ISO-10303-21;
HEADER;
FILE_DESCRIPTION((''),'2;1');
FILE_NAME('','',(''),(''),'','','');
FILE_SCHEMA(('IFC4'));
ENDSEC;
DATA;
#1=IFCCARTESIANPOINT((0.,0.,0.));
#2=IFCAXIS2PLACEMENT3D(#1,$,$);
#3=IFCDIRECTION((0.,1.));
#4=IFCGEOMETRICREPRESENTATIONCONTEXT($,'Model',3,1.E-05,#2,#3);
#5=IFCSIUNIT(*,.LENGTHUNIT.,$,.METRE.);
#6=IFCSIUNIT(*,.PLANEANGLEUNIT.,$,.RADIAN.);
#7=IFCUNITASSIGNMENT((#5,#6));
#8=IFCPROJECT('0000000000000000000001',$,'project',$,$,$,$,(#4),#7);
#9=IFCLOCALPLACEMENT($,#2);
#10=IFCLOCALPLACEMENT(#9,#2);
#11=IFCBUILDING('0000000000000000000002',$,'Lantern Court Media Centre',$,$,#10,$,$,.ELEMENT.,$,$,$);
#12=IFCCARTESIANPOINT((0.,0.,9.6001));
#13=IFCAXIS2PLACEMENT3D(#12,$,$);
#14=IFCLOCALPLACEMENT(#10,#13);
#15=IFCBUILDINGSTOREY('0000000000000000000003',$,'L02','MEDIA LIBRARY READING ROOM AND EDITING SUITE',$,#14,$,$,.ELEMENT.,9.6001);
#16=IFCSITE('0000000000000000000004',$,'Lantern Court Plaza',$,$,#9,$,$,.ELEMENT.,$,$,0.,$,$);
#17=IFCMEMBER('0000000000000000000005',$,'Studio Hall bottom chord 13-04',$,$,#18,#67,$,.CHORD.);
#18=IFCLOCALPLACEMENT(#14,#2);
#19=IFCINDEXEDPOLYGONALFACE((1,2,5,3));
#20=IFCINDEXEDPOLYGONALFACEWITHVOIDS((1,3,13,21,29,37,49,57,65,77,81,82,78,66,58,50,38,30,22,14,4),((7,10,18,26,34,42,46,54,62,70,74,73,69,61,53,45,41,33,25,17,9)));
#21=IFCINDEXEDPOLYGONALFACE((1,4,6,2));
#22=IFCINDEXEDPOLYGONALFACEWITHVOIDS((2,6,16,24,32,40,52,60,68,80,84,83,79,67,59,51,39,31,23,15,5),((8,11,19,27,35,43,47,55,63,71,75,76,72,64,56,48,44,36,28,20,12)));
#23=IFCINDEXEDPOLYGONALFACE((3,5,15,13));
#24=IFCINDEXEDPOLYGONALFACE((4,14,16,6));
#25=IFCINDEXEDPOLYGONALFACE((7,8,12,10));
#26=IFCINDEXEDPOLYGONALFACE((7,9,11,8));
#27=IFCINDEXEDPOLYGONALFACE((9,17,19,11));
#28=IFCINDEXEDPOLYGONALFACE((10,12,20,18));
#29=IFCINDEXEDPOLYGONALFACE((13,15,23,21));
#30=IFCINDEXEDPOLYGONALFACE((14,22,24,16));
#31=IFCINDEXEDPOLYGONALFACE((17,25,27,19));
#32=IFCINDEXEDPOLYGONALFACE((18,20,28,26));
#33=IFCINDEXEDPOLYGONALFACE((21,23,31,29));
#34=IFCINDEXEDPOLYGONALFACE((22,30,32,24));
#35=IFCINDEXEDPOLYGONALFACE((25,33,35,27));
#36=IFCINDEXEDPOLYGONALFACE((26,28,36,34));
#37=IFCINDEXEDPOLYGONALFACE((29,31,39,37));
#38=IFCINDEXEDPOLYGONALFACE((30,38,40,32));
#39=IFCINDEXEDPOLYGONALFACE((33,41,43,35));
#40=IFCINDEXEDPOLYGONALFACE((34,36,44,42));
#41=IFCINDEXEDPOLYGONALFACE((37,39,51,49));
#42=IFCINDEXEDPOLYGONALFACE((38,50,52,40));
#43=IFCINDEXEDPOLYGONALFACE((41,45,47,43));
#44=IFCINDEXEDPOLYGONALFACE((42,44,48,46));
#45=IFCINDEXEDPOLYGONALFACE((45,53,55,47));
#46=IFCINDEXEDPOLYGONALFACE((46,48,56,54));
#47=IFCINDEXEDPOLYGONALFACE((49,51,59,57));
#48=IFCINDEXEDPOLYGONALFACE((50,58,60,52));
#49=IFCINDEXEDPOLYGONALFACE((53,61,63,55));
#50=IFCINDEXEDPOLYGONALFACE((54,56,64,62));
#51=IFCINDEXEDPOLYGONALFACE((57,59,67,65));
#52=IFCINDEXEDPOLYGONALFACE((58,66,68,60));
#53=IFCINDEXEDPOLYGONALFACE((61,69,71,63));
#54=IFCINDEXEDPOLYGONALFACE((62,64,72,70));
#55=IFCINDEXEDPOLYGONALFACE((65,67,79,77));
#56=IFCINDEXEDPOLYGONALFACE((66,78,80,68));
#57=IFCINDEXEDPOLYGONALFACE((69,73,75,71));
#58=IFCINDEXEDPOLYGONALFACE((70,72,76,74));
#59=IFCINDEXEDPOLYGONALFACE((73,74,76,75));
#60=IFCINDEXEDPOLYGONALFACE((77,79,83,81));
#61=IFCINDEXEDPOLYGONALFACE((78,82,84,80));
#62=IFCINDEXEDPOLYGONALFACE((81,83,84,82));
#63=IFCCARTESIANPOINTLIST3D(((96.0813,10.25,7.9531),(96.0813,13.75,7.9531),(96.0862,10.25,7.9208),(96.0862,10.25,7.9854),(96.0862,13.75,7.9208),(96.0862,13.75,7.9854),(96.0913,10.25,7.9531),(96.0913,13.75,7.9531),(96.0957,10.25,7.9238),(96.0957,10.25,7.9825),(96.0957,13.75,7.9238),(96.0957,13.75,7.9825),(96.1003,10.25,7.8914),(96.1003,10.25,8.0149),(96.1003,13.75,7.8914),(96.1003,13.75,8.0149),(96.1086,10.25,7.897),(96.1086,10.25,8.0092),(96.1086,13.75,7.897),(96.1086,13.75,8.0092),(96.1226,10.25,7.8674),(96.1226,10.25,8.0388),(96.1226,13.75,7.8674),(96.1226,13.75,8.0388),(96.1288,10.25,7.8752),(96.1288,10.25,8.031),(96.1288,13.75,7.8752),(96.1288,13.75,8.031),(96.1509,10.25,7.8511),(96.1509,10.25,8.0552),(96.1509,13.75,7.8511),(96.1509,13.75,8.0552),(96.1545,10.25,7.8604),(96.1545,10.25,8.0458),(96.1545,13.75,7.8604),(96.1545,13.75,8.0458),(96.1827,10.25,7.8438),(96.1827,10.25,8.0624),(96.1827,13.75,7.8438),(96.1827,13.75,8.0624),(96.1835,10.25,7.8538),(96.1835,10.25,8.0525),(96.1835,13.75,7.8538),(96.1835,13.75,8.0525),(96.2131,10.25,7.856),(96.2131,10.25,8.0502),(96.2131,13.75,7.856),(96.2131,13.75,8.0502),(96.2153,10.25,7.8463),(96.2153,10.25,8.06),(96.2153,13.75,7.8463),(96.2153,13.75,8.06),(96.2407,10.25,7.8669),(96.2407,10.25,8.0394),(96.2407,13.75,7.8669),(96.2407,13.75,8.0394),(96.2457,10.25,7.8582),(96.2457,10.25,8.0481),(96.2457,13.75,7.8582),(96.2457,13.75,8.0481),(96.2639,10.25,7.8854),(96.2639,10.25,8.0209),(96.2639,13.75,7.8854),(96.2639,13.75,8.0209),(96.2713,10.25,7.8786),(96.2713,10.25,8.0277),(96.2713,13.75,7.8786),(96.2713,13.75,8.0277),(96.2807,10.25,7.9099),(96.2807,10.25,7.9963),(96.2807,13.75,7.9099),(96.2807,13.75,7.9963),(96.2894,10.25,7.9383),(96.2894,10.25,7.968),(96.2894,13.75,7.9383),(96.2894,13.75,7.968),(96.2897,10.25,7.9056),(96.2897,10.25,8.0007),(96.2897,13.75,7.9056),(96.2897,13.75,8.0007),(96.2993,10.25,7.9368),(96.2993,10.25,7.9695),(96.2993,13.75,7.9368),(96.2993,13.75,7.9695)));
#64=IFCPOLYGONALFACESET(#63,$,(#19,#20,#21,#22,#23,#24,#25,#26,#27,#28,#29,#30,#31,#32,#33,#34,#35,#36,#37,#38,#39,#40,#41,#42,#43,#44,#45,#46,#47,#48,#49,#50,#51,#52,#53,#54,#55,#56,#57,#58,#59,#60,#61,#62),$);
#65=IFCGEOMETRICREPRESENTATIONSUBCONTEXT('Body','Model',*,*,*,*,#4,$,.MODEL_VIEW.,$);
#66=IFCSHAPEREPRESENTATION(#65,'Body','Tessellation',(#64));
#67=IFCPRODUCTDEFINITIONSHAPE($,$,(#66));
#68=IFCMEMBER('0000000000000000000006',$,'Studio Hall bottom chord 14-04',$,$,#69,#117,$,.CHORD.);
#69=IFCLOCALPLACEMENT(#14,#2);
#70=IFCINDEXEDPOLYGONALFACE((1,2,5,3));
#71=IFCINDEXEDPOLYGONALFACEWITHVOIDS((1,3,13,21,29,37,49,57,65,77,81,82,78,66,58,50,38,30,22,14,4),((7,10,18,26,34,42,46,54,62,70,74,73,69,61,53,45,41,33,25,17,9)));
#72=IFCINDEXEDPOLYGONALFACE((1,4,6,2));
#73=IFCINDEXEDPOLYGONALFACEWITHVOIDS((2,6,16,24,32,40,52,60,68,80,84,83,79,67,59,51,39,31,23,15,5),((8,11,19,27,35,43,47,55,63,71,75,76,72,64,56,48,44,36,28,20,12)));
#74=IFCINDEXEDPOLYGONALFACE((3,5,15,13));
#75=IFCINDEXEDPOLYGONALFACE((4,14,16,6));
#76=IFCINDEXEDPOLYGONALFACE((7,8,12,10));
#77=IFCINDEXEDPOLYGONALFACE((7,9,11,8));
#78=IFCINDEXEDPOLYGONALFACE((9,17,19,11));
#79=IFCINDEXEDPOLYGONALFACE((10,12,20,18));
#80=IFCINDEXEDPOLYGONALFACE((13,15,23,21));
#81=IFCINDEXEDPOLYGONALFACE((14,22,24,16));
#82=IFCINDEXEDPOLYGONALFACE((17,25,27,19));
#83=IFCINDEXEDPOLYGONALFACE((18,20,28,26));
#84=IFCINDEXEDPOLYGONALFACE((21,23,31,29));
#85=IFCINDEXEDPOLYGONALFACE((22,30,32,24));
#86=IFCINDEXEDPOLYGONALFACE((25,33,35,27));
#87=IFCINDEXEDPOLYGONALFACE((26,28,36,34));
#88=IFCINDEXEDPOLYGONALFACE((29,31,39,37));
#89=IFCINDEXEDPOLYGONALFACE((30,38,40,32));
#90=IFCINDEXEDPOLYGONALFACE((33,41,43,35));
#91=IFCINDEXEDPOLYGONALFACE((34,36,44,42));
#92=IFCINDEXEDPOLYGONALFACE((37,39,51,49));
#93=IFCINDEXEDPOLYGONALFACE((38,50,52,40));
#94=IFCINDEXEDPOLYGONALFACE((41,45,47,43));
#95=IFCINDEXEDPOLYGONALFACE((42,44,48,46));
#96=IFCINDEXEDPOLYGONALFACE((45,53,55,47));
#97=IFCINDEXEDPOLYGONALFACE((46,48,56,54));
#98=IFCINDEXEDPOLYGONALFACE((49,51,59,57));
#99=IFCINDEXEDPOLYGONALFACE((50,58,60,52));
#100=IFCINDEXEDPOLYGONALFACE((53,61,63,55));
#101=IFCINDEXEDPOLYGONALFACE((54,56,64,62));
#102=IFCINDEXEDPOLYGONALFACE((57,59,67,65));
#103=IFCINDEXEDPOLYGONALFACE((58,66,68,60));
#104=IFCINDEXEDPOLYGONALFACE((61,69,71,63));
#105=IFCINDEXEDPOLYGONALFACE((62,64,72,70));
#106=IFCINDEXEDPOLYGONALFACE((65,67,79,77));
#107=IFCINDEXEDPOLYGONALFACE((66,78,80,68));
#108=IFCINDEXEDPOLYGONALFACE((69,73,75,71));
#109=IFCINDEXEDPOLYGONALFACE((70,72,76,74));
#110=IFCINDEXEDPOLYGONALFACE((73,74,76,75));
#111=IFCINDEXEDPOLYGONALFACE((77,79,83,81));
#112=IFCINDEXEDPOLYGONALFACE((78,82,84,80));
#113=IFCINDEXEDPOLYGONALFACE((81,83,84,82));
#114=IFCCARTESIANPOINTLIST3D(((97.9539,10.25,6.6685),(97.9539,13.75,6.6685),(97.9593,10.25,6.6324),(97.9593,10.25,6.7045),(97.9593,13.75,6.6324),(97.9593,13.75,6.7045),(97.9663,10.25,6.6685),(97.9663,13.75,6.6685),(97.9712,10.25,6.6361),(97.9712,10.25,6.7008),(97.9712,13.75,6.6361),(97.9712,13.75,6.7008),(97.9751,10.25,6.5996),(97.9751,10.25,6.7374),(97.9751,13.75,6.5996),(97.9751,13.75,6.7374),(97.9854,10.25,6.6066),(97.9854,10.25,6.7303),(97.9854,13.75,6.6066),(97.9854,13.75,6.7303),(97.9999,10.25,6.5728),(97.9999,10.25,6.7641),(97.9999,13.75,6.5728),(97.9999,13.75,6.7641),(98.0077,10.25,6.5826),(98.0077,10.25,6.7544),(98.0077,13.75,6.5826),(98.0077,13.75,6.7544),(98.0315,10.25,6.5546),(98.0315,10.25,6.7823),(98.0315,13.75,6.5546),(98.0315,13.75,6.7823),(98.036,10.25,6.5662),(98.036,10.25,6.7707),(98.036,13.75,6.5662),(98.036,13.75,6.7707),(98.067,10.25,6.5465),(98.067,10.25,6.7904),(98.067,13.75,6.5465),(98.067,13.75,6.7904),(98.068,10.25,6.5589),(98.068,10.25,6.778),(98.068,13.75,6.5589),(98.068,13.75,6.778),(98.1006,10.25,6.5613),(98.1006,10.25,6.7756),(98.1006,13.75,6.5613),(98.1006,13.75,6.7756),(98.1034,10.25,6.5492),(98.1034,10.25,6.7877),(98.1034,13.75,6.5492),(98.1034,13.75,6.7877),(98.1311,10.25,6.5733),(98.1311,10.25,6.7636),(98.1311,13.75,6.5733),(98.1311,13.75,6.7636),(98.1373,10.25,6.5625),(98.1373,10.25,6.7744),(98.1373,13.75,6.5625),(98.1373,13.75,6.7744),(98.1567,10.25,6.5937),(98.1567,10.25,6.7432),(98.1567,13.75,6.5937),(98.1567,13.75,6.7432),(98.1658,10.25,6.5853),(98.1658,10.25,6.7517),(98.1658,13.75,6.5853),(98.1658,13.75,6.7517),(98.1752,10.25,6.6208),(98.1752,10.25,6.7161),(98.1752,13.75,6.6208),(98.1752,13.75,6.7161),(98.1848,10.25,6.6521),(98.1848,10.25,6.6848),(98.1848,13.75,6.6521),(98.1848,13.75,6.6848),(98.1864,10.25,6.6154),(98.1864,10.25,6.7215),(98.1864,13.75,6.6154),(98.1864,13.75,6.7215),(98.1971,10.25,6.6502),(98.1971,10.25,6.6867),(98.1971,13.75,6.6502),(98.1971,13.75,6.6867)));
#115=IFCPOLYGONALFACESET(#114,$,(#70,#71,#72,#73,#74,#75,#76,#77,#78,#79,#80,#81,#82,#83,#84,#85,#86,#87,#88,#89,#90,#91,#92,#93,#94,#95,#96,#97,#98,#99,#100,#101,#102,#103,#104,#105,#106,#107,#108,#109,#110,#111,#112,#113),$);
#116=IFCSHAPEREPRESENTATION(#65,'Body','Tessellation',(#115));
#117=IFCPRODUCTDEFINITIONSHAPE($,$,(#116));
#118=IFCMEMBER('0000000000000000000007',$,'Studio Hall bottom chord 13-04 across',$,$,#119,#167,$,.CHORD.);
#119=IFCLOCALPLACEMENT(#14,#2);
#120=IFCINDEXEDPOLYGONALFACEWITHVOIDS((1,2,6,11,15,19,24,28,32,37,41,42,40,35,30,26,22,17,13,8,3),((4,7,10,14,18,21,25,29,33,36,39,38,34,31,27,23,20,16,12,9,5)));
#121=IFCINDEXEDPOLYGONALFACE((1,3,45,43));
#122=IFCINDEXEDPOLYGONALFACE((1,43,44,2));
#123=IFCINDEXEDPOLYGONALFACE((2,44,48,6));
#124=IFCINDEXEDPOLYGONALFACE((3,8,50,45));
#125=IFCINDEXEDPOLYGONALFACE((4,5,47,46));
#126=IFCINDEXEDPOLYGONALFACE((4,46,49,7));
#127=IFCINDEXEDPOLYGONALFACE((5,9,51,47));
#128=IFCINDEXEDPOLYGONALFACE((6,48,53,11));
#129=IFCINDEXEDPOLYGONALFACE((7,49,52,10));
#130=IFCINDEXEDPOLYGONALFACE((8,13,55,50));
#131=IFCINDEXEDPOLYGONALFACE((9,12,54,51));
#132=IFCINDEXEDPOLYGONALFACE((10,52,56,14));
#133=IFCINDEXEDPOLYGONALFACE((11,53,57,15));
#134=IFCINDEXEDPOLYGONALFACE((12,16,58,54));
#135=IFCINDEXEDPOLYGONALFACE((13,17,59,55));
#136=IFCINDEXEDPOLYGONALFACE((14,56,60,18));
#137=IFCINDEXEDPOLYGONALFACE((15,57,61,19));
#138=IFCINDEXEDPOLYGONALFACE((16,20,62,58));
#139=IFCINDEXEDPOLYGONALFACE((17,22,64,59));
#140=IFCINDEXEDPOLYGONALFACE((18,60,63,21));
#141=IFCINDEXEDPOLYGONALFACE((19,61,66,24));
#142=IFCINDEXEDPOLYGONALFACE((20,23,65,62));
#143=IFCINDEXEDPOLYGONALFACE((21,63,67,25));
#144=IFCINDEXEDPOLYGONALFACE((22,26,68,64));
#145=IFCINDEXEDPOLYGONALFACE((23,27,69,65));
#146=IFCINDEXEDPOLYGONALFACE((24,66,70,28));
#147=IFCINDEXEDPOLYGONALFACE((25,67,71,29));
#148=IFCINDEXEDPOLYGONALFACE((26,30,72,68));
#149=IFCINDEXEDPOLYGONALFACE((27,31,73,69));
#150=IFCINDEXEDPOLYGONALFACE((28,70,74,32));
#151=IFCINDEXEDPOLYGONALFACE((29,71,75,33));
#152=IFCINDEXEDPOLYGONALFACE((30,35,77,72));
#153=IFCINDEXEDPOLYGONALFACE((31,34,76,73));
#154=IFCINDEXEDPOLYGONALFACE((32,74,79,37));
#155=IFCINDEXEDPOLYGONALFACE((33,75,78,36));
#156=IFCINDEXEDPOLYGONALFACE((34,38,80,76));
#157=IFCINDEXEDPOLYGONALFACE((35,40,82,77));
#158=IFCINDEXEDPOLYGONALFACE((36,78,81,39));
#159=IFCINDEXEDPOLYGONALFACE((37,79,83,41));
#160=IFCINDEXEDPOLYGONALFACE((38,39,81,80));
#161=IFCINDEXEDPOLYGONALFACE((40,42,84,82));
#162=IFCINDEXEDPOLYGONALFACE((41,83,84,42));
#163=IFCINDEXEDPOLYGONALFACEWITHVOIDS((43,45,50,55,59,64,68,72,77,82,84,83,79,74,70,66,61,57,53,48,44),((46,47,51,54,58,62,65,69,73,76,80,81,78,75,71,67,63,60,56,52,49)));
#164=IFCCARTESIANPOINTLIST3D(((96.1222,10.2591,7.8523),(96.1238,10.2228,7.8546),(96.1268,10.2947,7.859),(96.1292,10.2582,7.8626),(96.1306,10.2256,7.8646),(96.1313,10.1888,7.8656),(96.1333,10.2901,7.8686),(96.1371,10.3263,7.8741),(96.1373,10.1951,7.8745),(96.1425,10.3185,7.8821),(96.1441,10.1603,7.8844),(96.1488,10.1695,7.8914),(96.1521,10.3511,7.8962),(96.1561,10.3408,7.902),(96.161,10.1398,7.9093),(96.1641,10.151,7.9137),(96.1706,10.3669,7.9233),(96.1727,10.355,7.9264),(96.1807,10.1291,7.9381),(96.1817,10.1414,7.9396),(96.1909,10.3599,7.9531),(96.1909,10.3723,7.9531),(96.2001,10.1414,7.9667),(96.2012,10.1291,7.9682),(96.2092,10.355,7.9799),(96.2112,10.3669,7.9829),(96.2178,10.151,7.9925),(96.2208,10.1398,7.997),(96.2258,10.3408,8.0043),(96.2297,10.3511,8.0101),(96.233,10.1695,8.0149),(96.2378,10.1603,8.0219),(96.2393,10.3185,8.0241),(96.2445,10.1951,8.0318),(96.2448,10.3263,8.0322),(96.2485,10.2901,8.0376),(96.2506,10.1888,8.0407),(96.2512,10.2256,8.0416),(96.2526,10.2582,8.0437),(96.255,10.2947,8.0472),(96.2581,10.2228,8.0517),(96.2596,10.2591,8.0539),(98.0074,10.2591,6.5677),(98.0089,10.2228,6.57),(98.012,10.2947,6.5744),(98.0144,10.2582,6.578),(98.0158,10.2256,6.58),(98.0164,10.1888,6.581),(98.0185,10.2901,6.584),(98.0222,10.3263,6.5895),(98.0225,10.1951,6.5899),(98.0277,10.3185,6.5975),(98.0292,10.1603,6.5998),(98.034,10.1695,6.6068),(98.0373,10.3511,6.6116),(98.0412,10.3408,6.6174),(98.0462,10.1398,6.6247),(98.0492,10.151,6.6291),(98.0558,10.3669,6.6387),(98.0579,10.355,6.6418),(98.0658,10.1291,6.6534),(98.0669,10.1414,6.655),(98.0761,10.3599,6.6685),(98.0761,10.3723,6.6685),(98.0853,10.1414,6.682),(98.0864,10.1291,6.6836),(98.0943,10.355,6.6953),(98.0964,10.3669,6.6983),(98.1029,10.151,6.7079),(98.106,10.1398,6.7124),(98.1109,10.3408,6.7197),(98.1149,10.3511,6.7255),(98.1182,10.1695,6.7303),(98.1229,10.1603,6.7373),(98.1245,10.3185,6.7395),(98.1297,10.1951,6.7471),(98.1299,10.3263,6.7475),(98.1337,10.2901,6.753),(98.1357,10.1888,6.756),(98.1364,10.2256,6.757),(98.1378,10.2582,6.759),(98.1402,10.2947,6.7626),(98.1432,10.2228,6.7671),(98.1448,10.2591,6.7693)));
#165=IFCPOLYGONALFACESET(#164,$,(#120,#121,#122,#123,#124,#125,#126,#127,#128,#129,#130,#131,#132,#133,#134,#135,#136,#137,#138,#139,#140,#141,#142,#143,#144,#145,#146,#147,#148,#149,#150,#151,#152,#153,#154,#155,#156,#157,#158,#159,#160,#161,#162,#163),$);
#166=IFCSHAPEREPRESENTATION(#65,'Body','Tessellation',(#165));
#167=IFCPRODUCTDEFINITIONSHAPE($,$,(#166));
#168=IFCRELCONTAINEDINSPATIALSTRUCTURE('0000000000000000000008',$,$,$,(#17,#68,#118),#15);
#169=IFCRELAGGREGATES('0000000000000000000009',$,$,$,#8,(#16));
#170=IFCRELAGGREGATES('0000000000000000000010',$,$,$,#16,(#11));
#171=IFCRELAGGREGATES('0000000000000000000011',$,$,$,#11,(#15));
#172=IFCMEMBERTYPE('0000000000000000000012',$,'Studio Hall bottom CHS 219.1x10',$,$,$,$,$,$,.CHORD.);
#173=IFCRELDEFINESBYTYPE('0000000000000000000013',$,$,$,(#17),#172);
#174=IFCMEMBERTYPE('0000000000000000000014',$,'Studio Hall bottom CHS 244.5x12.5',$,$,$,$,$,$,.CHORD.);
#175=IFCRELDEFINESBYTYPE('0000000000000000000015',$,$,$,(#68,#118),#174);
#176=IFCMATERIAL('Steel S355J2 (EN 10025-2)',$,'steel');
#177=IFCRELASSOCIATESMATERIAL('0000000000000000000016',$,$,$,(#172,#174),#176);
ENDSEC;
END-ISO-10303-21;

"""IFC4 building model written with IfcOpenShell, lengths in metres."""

from ifc_helpers import new_model, si_unit, direction, frame, origin, origin_2d, place, context, subcontext, project, spatial, hollow_circle, extrude, material, material_profile, profile_set, type_object, element, save


model = new_model("IFC4")

# Units and contexts
model_context = context("Model", 3, precision=1e-05, world=origin(), true_north=direction((0.0, 1.0)))
body_context = subcontext(model_context, "Body", "Model", "MODEL_VIEW")
ifc_project = project(units=[si_unit("LENGTHUNIT", "METRE"), si_unit("PLANEANGLEUNIT", "RADIAN")], contexts=[model_context])

# Site, building, storey
site_placement = place(None, origin())
site = spatial("IfcSite", under=ifc_project, at=site_placement, Name="Lantern Court Plaza", CompositionType="ELEMENT", RefElevation=0.0)
building_placement = place(site_placement, origin())
building = spatial("IfcBuilding", under=site, at=building_placement, Name="Lantern Court Media Centre", CompositionType="ELEMENT")
storey_placement = place(building_placement, frame((0.0, 0.0, 9.6001)))
storey = spatial("IfcBuildingStorey", under=building, at=storey_placement, Name="L02", Description="MEDIA LIBRARY READING ROOM AND EDITING SUITE", CompositionType="ELEMENT", Elevation=9.6001)

# Members
ifc_material = material(Name="Steel S355J2 (EN 10025-2)", Category="steel")
ifc_material_profile_1 = material_profile(ifc_material, hollow_circle(Radius=0.1096, WallThickness=0.01, at=origin_2d()), Name="Studio Hall bottom CHS 219.1x10")
ifc_profile_set_1 = profile_set([ifc_material_profile_1], Name="Steel S355J2 (EN 10025-2)")
member_type_1 = type_object("IfcMemberType", Name="Studio Hall bottom CHS 219.1x10", PredefinedType="CHORD", material=ifc_profile_set_1)
member_1_placement = place(storey_placement, frame((96.1909, 10.25, 7.9531), z_axis=(0.0, 1.0, 0.0), x_axis=(-1.0, 0.0, 0.0)))
element("IfcMember", 1, at=member_1_placement, inside=storey, type_object=member_type_1, Name="Studio Hall bottom chord 13-04", PredefinedType="CHORD", context=body_context, shape_type="SweptSolid", body=[
    extrude(hollow_circle(Radius=0.1096, WallThickness=0.01, at=origin_2d()), origin(), (0.0, 0.0, 1.0), 3.5),
])
ifc_material_profile_2 = material_profile(ifc_material, hollow_circle(Radius=0.1223, WallThickness=0.0125, at=origin_2d()), Name="Studio Hall bottom CHS 244.5x12.5")
ifc_profile_set_2 = profile_set([ifc_material_profile_2], Name="Steel S355J2 (EN 10025-2)")
member_type_2 = type_object("IfcMemberType", Name="Studio Hall bottom CHS 244.5x12.5", PredefinedType="CHORD", material=ifc_profile_set_2)
member_2_placement = place(storey_placement, frame((98.0762, 10.25, 6.6685), z_axis=(0.0, 1.0, 0.0), x_axis=(-1.0, 0.0, 0.0)))
element("IfcMember", 2, at=member_2_placement, inside=storey, type_object=member_type_2, Name="Studio Hall bottom chord 14-04", PredefinedType="CHORD", context=body_context, shape_type="SweptSolid", body=[
    extrude(hollow_circle(Radius=0.1223, WallThickness=0.0125, at=origin_2d()), origin(), (0.0, 0.0, 1.0), 3.5),
])
member_3_placement = place(storey_placement, frame((96.1909, 10.25, 7.9531), z_axis=(0.826377, 0.0, -0.563118), x_axis=(0.0, 1.0, 0.0)))
element("IfcMember", 3, at=member_3_placement, inside=storey, type_object=member_type_2, Name="Studio Hall bottom chord 13-04 across", PredefinedType="CHORD", context=body_context, shape_type="SweptSolid", body=[
    extrude(hollow_circle(Radius=0.1223, WallThickness=0.0125, at=origin_2d()), origin(), (0.0, 0.0, 1.0), 2.2812),
])

save(model, "model.ifc")
